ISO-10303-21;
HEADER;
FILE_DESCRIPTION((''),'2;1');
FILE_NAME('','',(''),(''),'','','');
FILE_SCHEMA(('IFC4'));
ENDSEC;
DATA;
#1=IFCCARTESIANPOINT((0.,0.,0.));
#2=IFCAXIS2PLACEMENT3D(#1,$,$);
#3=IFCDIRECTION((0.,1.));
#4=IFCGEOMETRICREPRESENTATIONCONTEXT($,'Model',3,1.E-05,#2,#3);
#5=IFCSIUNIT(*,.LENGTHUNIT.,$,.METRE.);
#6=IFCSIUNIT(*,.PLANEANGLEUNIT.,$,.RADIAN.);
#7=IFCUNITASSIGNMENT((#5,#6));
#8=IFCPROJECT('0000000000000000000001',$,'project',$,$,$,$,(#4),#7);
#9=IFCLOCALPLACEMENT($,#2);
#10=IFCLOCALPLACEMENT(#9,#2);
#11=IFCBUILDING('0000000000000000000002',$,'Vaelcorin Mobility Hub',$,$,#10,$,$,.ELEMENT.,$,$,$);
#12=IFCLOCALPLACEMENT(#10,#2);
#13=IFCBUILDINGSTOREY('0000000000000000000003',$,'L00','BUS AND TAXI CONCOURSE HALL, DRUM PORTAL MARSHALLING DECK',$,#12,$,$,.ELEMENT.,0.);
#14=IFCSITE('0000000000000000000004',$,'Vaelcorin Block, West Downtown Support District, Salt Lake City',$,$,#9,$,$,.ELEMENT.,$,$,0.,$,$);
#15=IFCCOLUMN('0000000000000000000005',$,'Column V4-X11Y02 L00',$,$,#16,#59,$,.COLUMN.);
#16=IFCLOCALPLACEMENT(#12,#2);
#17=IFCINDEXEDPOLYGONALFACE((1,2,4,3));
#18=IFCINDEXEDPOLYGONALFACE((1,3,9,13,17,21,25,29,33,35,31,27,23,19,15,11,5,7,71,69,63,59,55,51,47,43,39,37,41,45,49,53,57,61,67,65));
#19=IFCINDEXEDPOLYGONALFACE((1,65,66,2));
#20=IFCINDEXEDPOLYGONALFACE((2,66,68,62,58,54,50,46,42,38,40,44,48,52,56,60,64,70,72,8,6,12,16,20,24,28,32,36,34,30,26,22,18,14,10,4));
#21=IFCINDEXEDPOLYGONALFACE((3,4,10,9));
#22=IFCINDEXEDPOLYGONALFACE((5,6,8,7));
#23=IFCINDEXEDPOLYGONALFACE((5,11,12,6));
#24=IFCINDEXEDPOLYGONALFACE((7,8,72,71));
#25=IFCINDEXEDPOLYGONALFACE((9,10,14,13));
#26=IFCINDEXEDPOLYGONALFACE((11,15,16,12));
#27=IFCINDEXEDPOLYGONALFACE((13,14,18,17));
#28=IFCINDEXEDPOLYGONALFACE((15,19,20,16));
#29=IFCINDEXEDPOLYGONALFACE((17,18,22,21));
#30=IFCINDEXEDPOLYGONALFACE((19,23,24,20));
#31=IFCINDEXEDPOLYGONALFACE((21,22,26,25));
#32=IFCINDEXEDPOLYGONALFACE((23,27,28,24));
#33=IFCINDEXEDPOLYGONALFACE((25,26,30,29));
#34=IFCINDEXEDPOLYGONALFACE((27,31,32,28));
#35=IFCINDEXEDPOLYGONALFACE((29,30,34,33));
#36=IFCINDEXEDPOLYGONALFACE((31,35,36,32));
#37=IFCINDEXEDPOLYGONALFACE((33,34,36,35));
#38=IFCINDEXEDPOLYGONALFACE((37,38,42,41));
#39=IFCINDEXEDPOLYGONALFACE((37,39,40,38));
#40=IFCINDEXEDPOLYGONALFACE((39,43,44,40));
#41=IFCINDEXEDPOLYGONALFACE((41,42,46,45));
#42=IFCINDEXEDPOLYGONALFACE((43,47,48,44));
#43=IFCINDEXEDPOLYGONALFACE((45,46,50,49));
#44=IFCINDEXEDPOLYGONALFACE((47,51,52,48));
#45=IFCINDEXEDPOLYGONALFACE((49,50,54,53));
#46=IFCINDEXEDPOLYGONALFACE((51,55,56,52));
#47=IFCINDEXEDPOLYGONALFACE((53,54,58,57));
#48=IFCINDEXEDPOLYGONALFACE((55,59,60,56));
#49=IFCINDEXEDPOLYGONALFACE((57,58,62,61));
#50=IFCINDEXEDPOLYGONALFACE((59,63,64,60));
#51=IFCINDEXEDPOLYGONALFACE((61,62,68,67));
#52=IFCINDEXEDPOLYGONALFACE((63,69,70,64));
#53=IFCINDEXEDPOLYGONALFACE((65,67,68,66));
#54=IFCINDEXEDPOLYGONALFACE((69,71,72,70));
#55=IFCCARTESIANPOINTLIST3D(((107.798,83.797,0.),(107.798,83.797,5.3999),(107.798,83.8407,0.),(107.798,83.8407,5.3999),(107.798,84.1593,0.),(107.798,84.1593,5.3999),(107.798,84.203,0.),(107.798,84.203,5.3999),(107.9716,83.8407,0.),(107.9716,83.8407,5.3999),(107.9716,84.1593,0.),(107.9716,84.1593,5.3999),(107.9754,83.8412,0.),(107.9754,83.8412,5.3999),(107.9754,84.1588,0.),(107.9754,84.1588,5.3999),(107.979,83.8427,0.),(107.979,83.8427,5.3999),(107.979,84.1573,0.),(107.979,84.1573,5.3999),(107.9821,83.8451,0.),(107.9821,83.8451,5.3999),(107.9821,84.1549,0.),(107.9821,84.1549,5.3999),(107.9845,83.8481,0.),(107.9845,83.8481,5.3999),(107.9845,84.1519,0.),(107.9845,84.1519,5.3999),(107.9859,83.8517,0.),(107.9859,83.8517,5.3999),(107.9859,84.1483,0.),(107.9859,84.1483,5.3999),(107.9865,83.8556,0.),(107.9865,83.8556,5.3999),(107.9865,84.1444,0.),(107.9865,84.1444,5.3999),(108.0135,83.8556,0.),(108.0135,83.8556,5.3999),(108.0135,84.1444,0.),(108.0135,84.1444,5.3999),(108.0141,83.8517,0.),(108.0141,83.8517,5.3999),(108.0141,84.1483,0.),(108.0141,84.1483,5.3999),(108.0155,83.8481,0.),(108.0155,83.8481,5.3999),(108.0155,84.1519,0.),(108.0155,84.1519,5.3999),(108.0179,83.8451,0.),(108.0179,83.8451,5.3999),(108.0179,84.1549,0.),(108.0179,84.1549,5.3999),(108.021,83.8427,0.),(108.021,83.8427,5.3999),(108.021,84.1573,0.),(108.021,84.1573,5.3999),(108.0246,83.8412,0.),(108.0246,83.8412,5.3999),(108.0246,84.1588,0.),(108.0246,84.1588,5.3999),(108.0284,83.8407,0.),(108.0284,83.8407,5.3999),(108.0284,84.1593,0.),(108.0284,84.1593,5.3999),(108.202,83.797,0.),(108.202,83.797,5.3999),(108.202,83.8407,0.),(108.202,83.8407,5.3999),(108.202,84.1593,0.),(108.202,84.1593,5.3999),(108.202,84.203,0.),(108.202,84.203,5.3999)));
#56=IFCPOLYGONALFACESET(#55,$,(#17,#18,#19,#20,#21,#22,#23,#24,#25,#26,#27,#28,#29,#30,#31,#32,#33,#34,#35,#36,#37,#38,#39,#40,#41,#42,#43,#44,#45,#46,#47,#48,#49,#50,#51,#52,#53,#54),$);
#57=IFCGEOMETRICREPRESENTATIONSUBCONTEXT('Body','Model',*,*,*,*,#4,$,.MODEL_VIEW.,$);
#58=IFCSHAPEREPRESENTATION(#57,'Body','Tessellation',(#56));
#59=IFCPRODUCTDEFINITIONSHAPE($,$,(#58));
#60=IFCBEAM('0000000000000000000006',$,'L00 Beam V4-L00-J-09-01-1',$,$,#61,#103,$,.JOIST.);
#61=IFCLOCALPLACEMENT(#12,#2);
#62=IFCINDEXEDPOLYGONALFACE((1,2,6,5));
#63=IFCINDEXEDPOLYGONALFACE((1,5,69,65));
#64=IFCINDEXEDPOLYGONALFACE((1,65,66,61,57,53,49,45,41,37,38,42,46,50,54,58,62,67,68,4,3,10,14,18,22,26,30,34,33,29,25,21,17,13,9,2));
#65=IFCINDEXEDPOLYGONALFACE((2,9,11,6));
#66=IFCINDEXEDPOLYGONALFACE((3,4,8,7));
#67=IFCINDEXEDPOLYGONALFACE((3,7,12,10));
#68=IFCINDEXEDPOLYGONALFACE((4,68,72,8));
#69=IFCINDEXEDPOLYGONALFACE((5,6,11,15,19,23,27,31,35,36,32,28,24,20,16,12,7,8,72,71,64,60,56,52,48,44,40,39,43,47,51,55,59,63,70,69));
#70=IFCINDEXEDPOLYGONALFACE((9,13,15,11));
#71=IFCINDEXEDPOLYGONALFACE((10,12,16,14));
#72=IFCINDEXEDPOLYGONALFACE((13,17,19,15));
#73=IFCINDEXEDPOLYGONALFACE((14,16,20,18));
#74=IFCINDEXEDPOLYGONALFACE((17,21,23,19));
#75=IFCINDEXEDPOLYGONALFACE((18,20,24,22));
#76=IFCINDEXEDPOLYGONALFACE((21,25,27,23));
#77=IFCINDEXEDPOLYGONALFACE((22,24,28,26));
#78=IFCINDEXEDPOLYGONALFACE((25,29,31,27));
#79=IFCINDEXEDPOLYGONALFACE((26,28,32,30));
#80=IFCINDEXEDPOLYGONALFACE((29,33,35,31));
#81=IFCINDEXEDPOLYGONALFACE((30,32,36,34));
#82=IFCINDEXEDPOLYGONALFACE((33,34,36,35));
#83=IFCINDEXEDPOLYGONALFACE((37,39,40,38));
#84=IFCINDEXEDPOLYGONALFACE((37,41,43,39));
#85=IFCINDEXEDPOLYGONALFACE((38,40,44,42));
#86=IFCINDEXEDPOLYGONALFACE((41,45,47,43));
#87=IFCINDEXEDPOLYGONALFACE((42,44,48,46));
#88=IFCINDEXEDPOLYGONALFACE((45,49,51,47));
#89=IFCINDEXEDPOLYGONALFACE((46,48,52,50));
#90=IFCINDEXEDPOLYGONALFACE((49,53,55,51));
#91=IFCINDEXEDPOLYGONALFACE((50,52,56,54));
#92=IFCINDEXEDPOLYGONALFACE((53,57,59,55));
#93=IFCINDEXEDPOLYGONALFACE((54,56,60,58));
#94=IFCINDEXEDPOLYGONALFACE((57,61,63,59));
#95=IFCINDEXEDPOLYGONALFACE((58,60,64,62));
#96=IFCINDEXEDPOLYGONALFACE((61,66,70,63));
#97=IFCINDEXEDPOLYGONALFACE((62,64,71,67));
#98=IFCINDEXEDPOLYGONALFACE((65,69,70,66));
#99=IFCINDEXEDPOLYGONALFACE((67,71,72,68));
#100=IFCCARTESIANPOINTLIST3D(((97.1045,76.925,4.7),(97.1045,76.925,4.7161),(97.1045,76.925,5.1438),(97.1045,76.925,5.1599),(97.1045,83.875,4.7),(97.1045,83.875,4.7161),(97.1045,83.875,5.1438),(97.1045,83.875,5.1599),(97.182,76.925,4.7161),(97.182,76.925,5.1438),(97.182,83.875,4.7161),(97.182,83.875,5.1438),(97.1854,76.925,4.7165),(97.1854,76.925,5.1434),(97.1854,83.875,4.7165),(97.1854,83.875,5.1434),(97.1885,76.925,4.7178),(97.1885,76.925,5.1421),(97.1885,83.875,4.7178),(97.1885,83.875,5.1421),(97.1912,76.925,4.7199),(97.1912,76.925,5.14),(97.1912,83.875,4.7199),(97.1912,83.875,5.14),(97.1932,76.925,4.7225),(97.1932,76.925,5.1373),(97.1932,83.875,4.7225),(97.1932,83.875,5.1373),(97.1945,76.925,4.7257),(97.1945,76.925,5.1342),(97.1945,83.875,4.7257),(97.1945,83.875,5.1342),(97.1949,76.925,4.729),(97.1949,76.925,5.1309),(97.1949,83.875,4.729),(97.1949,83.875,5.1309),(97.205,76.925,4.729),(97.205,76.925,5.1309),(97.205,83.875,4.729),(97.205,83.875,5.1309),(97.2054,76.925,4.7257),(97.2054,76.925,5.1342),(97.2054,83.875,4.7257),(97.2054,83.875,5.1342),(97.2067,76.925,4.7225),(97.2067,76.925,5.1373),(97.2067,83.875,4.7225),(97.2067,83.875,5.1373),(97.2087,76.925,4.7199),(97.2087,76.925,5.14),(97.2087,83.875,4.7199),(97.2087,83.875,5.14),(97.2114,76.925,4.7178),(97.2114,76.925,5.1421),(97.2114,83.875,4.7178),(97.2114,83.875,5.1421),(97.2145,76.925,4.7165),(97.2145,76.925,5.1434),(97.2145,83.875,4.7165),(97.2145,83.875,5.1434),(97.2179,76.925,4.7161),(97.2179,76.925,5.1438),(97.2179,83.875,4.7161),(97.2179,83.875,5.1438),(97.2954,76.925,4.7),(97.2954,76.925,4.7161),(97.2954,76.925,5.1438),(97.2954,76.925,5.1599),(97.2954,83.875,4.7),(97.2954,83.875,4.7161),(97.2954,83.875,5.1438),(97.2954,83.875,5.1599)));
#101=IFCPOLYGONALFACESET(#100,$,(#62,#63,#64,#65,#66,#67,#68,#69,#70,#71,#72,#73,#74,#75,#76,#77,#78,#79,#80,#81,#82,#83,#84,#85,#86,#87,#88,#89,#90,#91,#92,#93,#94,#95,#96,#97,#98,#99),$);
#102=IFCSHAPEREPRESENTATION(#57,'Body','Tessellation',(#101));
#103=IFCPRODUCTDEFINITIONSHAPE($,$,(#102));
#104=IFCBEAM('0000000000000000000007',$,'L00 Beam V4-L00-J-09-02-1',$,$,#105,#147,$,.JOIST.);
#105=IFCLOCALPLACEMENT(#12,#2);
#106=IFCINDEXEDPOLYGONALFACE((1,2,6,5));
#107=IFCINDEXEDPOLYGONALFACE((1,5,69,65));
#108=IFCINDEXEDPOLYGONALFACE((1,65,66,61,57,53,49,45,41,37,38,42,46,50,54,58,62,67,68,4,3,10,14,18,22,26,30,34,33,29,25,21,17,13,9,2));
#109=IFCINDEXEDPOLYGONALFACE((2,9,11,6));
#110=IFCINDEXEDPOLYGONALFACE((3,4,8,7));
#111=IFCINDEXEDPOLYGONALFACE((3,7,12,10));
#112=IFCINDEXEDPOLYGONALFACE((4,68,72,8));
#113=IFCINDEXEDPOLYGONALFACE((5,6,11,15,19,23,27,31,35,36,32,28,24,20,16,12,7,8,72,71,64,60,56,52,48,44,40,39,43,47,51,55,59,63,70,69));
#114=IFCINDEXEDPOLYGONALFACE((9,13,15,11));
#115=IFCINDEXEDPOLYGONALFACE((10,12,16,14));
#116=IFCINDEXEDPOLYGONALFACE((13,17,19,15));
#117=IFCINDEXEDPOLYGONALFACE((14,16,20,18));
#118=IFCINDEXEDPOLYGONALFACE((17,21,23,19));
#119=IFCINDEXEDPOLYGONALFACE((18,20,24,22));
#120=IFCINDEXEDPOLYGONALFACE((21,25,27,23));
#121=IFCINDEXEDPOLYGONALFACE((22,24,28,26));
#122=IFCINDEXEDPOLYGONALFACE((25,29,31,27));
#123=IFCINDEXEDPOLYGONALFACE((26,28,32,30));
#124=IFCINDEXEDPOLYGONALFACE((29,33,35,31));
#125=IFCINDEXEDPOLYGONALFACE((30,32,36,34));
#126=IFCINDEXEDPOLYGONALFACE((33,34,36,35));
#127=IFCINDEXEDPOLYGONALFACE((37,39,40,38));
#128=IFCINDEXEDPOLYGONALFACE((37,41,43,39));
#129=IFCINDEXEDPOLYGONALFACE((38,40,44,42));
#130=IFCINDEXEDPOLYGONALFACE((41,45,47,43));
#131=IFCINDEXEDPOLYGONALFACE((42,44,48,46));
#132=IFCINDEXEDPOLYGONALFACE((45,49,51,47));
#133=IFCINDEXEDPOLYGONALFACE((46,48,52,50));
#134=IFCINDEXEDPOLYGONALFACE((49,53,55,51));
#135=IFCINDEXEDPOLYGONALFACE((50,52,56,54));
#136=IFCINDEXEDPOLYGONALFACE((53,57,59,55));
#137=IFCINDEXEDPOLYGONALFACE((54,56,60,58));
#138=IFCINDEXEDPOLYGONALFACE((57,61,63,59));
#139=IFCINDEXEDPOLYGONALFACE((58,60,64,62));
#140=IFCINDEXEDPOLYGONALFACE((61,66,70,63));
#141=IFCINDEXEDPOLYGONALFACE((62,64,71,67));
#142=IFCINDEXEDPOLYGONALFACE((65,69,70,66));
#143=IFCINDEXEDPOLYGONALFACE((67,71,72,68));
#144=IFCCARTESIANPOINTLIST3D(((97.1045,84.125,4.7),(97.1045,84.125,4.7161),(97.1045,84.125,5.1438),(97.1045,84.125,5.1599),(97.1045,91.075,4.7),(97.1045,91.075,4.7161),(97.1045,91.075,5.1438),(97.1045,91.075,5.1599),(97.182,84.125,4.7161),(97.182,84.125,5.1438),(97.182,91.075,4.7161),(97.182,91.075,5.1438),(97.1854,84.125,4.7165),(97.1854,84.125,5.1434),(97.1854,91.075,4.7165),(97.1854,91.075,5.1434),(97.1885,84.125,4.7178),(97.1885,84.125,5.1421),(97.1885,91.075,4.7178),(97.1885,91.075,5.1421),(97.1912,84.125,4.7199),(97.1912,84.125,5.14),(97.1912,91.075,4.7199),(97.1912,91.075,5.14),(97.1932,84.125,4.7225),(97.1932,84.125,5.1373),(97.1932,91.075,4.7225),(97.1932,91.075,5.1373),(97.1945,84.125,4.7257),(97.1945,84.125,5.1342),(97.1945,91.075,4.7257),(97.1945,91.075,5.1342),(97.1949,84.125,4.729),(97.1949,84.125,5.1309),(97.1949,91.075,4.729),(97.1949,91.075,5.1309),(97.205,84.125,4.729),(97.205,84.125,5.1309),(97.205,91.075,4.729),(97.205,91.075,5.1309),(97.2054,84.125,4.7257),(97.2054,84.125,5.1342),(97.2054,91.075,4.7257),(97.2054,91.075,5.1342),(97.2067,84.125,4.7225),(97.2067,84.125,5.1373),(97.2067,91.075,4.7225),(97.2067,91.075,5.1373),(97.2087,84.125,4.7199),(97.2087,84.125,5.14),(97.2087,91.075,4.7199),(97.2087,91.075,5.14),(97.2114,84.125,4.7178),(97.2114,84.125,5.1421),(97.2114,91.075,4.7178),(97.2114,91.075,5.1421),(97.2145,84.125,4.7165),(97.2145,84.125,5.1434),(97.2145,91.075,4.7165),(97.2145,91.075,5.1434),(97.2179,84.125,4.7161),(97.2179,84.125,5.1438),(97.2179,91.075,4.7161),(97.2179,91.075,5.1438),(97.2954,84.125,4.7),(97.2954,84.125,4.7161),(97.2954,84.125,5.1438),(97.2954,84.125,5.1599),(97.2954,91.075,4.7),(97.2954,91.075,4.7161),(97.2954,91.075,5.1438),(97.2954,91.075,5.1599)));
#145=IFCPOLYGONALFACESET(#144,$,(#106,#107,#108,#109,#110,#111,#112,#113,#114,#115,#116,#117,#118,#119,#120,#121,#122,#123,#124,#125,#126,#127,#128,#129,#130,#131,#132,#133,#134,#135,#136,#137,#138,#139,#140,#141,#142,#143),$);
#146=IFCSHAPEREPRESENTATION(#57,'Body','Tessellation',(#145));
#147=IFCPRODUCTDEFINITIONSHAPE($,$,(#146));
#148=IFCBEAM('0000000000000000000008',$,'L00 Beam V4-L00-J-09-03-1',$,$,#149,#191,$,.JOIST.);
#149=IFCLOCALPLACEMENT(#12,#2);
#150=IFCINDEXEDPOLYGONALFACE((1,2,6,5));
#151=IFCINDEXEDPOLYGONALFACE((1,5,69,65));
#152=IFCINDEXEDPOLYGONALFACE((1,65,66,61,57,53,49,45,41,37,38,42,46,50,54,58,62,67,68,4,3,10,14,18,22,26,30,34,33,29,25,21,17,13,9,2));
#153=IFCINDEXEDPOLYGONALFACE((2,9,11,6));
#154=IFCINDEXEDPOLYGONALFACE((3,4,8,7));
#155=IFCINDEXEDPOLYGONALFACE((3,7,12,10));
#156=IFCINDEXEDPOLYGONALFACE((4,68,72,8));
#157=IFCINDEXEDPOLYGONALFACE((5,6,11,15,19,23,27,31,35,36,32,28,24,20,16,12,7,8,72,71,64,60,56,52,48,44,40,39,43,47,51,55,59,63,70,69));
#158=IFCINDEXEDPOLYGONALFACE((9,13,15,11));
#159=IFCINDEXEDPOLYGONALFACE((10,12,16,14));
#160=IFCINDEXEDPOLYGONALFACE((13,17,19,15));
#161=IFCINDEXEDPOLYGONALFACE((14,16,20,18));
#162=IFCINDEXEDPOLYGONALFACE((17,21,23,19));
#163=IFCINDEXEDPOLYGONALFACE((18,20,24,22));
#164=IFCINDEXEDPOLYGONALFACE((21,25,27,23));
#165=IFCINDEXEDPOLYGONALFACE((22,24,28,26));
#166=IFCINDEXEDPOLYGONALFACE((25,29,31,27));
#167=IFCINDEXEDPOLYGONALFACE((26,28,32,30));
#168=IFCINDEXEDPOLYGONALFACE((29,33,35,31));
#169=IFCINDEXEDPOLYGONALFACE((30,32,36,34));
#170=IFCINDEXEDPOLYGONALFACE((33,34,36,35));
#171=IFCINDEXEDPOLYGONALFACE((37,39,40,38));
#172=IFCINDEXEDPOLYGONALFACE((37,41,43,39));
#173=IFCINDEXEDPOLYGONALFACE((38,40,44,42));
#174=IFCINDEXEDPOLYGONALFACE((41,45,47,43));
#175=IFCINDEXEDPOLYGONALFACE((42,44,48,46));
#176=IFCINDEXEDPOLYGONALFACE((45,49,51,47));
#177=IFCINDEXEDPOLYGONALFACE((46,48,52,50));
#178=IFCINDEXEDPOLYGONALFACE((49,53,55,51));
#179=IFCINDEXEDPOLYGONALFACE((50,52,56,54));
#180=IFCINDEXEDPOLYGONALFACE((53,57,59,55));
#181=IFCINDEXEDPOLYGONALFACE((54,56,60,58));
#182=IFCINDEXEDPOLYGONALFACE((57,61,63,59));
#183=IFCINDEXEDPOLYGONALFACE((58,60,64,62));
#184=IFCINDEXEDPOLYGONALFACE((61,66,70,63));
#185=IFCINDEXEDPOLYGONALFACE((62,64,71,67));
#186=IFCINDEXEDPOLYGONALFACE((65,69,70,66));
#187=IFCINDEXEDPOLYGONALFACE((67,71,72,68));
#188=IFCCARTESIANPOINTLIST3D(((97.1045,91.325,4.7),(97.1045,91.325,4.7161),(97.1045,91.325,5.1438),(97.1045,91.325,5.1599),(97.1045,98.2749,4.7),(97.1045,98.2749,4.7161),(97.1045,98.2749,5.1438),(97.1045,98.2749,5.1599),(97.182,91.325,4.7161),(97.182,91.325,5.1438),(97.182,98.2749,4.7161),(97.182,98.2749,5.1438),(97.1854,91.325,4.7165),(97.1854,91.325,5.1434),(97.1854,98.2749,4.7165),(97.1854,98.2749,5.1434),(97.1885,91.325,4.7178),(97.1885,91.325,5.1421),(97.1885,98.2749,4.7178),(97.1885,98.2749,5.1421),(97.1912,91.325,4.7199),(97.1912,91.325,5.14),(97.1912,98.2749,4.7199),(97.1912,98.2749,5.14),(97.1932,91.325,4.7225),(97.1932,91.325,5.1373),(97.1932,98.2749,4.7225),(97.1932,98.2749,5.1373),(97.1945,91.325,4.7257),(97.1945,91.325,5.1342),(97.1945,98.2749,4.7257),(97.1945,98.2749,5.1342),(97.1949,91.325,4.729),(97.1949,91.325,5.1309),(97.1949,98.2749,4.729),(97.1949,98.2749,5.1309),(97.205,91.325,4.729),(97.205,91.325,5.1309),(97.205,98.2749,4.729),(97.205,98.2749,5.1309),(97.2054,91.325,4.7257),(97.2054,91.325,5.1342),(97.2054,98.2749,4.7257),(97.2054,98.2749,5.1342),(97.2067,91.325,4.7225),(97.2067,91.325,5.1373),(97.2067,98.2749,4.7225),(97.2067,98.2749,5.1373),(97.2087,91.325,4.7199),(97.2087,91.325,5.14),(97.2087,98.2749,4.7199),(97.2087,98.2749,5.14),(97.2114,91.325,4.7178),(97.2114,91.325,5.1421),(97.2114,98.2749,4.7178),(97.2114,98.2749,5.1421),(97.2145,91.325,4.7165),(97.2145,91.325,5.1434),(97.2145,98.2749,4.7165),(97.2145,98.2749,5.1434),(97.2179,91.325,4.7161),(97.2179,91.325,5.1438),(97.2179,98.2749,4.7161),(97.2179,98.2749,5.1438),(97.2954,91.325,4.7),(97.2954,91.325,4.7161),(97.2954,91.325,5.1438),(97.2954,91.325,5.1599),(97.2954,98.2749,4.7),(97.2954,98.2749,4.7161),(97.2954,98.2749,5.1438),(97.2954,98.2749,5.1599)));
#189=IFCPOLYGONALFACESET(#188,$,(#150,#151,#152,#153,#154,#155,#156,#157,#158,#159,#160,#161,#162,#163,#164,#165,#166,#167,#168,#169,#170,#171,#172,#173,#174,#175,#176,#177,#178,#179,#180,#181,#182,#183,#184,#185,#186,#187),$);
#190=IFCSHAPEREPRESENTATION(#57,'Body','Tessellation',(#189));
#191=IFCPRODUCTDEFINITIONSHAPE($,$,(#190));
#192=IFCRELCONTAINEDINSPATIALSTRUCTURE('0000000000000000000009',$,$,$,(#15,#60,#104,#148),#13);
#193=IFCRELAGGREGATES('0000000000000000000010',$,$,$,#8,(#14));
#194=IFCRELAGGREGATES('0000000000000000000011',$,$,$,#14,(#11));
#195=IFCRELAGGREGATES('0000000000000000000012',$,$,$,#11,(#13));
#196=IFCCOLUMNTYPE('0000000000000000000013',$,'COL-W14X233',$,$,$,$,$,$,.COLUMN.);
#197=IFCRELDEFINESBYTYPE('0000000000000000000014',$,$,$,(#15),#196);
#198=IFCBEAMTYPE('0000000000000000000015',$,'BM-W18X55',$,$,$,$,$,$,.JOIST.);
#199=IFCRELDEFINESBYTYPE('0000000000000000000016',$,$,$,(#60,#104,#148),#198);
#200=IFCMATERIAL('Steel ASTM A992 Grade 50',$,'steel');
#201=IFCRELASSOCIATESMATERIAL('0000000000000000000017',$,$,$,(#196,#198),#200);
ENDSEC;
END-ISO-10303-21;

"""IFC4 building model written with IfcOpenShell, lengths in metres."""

from ifc_helpers import new_model, si_unit, direction, frame, origin, origin_2d, place, context, subcontext, project, spatial, i_section, extrude, material, material_profile, profile_set, type_object, element, save


model = new_model("IFC4")

# Units and contexts
model_context = context("Model", 3, precision=1e-05, world=origin(), true_north=direction((0.0, 1.0)))
body_context = subcontext(model_context, "Body", "Model", "MODEL_VIEW")
ifc_project = project(units=[si_unit("LENGTHUNIT", "METRE"), si_unit("PLANEANGLEUNIT", "RADIAN")], contexts=[model_context])

# Site, building, storey
site_placement = place(None, origin())
site = spatial("IfcSite", under=ifc_project, at=site_placement, Name="Vaelcorin Block, West Downtown Support District, Salt Lake City", CompositionType="ELEMENT", RefElevation=0.0)
building_placement = place(site_placement, origin())
building = spatial("IfcBuilding", under=site, at=building_placement, Name="Vaelcorin Mobility Hub", CompositionType="ELEMENT")
storey_placement = place(building_placement, origin())
storey = spatial("IfcBuildingStorey", under=building, at=storey_placement, Name="L00", Description="BUS AND TAXI CONCOURSE HALL, DRUM PORTAL MARSHALLING DECK", CompositionType="ELEMENT", Elevation=0.0)

# Column
ifc_material_1 = material(Name="Steel ASTM A992 Grade 50", Category="steel")
ifc_material_profile_1 = material_profile(ifc_material_1, i_section(OverallWidth=0.4041, OverallDepth=0.406, WebThickness=0.0271, FlangeThickness=0.0437, FilletRadius=0.0149, at=origin_2d()), Name="W14X233")
ifc_profile_set_1 = profile_set([ifc_material_profile_1], Name="Steel ASTM A992 Grade 50")
column_type_1 = type_object("IfcColumnType", Name="COL-W14X233", PredefinedType="COLUMN", material=ifc_profile_set_1)
for number, where, z_axis, x_axis, name in (
    (1, (108.0, 84.0, 0.0), (0.0, 0.0, 1.0), (1.0, 0.0, 0.0), "Column V4-X11Y02 L00"),
):
    element("IfcColumn", number, at=place(storey_placement, frame(where, z_axis=z_axis, x_axis=x_axis)), inside=storey, type_object=column_type_1, Name=name, PredefinedType="COLUMN", context=body_context, shape_type="SweptSolid", body=[
        extrude(i_section(OverallWidth=0.4041, OverallDepth=0.406, WebThickness=0.0271, FlangeThickness=0.0437, FilletRadius=0.0149, at=origin_2d()), origin(), (0.0, 0.0, 1.0), 5.3999),
    ])

# Beams
ifc_material_profile_2 = material_profile(ifc_material_1, i_section(OverallWidth=0.1909, OverallDepth=0.46, WebThickness=0.01, FlangeThickness=0.0161, FilletRadius=0.0129, at=origin_2d()), Name="W18X55")
ifc_profile_set_2 = profile_set([ifc_material_profile_2], Name="Steel ASTM A992 Grade 50")
beam_type_1 = type_object("IfcBeamType", Name="BM-W18X55", PredefinedType="JOIST", material=ifc_profile_set_2)
for number, where, z_axis, x_axis, name in (
    (2, (97.2, 76.925, 4.9299), (0.0, 1.0, 0.0), (-1.0, 0.0, 0.0), "L00 Beam V4-L00-J-09-01-1"),
    (3, (97.2, 84.125, 4.9299), (0.0, 1.0, 0.0), (-1.0, 0.0, 0.0), "L00 Beam V4-L00-J-09-02-1"),
    (4, (97.2, 91.325, 4.9299), (0.0, 1.0, 0.0), (-1.0, 0.0, 0.0), "L00 Beam V4-L00-J-09-03-1"),
):
    element("IfcBeam", number, at=place(storey_placement, frame(where, z_axis=z_axis, x_axis=x_axis)), inside=storey, type_object=beam_type_1, Name=name, PredefinedType="JOIST", context=body_context, shape_type="SweptSolid", body=[
        extrude(i_section(OverallWidth=0.1909, OverallDepth=0.46, WebThickness=0.01, FlangeThickness=0.0161, FilletRadius=0.0129, at=origin_2d()), origin(), (0.0, 0.0, 1.0), 6.95),
    ])

save(model, "model.ifc")
